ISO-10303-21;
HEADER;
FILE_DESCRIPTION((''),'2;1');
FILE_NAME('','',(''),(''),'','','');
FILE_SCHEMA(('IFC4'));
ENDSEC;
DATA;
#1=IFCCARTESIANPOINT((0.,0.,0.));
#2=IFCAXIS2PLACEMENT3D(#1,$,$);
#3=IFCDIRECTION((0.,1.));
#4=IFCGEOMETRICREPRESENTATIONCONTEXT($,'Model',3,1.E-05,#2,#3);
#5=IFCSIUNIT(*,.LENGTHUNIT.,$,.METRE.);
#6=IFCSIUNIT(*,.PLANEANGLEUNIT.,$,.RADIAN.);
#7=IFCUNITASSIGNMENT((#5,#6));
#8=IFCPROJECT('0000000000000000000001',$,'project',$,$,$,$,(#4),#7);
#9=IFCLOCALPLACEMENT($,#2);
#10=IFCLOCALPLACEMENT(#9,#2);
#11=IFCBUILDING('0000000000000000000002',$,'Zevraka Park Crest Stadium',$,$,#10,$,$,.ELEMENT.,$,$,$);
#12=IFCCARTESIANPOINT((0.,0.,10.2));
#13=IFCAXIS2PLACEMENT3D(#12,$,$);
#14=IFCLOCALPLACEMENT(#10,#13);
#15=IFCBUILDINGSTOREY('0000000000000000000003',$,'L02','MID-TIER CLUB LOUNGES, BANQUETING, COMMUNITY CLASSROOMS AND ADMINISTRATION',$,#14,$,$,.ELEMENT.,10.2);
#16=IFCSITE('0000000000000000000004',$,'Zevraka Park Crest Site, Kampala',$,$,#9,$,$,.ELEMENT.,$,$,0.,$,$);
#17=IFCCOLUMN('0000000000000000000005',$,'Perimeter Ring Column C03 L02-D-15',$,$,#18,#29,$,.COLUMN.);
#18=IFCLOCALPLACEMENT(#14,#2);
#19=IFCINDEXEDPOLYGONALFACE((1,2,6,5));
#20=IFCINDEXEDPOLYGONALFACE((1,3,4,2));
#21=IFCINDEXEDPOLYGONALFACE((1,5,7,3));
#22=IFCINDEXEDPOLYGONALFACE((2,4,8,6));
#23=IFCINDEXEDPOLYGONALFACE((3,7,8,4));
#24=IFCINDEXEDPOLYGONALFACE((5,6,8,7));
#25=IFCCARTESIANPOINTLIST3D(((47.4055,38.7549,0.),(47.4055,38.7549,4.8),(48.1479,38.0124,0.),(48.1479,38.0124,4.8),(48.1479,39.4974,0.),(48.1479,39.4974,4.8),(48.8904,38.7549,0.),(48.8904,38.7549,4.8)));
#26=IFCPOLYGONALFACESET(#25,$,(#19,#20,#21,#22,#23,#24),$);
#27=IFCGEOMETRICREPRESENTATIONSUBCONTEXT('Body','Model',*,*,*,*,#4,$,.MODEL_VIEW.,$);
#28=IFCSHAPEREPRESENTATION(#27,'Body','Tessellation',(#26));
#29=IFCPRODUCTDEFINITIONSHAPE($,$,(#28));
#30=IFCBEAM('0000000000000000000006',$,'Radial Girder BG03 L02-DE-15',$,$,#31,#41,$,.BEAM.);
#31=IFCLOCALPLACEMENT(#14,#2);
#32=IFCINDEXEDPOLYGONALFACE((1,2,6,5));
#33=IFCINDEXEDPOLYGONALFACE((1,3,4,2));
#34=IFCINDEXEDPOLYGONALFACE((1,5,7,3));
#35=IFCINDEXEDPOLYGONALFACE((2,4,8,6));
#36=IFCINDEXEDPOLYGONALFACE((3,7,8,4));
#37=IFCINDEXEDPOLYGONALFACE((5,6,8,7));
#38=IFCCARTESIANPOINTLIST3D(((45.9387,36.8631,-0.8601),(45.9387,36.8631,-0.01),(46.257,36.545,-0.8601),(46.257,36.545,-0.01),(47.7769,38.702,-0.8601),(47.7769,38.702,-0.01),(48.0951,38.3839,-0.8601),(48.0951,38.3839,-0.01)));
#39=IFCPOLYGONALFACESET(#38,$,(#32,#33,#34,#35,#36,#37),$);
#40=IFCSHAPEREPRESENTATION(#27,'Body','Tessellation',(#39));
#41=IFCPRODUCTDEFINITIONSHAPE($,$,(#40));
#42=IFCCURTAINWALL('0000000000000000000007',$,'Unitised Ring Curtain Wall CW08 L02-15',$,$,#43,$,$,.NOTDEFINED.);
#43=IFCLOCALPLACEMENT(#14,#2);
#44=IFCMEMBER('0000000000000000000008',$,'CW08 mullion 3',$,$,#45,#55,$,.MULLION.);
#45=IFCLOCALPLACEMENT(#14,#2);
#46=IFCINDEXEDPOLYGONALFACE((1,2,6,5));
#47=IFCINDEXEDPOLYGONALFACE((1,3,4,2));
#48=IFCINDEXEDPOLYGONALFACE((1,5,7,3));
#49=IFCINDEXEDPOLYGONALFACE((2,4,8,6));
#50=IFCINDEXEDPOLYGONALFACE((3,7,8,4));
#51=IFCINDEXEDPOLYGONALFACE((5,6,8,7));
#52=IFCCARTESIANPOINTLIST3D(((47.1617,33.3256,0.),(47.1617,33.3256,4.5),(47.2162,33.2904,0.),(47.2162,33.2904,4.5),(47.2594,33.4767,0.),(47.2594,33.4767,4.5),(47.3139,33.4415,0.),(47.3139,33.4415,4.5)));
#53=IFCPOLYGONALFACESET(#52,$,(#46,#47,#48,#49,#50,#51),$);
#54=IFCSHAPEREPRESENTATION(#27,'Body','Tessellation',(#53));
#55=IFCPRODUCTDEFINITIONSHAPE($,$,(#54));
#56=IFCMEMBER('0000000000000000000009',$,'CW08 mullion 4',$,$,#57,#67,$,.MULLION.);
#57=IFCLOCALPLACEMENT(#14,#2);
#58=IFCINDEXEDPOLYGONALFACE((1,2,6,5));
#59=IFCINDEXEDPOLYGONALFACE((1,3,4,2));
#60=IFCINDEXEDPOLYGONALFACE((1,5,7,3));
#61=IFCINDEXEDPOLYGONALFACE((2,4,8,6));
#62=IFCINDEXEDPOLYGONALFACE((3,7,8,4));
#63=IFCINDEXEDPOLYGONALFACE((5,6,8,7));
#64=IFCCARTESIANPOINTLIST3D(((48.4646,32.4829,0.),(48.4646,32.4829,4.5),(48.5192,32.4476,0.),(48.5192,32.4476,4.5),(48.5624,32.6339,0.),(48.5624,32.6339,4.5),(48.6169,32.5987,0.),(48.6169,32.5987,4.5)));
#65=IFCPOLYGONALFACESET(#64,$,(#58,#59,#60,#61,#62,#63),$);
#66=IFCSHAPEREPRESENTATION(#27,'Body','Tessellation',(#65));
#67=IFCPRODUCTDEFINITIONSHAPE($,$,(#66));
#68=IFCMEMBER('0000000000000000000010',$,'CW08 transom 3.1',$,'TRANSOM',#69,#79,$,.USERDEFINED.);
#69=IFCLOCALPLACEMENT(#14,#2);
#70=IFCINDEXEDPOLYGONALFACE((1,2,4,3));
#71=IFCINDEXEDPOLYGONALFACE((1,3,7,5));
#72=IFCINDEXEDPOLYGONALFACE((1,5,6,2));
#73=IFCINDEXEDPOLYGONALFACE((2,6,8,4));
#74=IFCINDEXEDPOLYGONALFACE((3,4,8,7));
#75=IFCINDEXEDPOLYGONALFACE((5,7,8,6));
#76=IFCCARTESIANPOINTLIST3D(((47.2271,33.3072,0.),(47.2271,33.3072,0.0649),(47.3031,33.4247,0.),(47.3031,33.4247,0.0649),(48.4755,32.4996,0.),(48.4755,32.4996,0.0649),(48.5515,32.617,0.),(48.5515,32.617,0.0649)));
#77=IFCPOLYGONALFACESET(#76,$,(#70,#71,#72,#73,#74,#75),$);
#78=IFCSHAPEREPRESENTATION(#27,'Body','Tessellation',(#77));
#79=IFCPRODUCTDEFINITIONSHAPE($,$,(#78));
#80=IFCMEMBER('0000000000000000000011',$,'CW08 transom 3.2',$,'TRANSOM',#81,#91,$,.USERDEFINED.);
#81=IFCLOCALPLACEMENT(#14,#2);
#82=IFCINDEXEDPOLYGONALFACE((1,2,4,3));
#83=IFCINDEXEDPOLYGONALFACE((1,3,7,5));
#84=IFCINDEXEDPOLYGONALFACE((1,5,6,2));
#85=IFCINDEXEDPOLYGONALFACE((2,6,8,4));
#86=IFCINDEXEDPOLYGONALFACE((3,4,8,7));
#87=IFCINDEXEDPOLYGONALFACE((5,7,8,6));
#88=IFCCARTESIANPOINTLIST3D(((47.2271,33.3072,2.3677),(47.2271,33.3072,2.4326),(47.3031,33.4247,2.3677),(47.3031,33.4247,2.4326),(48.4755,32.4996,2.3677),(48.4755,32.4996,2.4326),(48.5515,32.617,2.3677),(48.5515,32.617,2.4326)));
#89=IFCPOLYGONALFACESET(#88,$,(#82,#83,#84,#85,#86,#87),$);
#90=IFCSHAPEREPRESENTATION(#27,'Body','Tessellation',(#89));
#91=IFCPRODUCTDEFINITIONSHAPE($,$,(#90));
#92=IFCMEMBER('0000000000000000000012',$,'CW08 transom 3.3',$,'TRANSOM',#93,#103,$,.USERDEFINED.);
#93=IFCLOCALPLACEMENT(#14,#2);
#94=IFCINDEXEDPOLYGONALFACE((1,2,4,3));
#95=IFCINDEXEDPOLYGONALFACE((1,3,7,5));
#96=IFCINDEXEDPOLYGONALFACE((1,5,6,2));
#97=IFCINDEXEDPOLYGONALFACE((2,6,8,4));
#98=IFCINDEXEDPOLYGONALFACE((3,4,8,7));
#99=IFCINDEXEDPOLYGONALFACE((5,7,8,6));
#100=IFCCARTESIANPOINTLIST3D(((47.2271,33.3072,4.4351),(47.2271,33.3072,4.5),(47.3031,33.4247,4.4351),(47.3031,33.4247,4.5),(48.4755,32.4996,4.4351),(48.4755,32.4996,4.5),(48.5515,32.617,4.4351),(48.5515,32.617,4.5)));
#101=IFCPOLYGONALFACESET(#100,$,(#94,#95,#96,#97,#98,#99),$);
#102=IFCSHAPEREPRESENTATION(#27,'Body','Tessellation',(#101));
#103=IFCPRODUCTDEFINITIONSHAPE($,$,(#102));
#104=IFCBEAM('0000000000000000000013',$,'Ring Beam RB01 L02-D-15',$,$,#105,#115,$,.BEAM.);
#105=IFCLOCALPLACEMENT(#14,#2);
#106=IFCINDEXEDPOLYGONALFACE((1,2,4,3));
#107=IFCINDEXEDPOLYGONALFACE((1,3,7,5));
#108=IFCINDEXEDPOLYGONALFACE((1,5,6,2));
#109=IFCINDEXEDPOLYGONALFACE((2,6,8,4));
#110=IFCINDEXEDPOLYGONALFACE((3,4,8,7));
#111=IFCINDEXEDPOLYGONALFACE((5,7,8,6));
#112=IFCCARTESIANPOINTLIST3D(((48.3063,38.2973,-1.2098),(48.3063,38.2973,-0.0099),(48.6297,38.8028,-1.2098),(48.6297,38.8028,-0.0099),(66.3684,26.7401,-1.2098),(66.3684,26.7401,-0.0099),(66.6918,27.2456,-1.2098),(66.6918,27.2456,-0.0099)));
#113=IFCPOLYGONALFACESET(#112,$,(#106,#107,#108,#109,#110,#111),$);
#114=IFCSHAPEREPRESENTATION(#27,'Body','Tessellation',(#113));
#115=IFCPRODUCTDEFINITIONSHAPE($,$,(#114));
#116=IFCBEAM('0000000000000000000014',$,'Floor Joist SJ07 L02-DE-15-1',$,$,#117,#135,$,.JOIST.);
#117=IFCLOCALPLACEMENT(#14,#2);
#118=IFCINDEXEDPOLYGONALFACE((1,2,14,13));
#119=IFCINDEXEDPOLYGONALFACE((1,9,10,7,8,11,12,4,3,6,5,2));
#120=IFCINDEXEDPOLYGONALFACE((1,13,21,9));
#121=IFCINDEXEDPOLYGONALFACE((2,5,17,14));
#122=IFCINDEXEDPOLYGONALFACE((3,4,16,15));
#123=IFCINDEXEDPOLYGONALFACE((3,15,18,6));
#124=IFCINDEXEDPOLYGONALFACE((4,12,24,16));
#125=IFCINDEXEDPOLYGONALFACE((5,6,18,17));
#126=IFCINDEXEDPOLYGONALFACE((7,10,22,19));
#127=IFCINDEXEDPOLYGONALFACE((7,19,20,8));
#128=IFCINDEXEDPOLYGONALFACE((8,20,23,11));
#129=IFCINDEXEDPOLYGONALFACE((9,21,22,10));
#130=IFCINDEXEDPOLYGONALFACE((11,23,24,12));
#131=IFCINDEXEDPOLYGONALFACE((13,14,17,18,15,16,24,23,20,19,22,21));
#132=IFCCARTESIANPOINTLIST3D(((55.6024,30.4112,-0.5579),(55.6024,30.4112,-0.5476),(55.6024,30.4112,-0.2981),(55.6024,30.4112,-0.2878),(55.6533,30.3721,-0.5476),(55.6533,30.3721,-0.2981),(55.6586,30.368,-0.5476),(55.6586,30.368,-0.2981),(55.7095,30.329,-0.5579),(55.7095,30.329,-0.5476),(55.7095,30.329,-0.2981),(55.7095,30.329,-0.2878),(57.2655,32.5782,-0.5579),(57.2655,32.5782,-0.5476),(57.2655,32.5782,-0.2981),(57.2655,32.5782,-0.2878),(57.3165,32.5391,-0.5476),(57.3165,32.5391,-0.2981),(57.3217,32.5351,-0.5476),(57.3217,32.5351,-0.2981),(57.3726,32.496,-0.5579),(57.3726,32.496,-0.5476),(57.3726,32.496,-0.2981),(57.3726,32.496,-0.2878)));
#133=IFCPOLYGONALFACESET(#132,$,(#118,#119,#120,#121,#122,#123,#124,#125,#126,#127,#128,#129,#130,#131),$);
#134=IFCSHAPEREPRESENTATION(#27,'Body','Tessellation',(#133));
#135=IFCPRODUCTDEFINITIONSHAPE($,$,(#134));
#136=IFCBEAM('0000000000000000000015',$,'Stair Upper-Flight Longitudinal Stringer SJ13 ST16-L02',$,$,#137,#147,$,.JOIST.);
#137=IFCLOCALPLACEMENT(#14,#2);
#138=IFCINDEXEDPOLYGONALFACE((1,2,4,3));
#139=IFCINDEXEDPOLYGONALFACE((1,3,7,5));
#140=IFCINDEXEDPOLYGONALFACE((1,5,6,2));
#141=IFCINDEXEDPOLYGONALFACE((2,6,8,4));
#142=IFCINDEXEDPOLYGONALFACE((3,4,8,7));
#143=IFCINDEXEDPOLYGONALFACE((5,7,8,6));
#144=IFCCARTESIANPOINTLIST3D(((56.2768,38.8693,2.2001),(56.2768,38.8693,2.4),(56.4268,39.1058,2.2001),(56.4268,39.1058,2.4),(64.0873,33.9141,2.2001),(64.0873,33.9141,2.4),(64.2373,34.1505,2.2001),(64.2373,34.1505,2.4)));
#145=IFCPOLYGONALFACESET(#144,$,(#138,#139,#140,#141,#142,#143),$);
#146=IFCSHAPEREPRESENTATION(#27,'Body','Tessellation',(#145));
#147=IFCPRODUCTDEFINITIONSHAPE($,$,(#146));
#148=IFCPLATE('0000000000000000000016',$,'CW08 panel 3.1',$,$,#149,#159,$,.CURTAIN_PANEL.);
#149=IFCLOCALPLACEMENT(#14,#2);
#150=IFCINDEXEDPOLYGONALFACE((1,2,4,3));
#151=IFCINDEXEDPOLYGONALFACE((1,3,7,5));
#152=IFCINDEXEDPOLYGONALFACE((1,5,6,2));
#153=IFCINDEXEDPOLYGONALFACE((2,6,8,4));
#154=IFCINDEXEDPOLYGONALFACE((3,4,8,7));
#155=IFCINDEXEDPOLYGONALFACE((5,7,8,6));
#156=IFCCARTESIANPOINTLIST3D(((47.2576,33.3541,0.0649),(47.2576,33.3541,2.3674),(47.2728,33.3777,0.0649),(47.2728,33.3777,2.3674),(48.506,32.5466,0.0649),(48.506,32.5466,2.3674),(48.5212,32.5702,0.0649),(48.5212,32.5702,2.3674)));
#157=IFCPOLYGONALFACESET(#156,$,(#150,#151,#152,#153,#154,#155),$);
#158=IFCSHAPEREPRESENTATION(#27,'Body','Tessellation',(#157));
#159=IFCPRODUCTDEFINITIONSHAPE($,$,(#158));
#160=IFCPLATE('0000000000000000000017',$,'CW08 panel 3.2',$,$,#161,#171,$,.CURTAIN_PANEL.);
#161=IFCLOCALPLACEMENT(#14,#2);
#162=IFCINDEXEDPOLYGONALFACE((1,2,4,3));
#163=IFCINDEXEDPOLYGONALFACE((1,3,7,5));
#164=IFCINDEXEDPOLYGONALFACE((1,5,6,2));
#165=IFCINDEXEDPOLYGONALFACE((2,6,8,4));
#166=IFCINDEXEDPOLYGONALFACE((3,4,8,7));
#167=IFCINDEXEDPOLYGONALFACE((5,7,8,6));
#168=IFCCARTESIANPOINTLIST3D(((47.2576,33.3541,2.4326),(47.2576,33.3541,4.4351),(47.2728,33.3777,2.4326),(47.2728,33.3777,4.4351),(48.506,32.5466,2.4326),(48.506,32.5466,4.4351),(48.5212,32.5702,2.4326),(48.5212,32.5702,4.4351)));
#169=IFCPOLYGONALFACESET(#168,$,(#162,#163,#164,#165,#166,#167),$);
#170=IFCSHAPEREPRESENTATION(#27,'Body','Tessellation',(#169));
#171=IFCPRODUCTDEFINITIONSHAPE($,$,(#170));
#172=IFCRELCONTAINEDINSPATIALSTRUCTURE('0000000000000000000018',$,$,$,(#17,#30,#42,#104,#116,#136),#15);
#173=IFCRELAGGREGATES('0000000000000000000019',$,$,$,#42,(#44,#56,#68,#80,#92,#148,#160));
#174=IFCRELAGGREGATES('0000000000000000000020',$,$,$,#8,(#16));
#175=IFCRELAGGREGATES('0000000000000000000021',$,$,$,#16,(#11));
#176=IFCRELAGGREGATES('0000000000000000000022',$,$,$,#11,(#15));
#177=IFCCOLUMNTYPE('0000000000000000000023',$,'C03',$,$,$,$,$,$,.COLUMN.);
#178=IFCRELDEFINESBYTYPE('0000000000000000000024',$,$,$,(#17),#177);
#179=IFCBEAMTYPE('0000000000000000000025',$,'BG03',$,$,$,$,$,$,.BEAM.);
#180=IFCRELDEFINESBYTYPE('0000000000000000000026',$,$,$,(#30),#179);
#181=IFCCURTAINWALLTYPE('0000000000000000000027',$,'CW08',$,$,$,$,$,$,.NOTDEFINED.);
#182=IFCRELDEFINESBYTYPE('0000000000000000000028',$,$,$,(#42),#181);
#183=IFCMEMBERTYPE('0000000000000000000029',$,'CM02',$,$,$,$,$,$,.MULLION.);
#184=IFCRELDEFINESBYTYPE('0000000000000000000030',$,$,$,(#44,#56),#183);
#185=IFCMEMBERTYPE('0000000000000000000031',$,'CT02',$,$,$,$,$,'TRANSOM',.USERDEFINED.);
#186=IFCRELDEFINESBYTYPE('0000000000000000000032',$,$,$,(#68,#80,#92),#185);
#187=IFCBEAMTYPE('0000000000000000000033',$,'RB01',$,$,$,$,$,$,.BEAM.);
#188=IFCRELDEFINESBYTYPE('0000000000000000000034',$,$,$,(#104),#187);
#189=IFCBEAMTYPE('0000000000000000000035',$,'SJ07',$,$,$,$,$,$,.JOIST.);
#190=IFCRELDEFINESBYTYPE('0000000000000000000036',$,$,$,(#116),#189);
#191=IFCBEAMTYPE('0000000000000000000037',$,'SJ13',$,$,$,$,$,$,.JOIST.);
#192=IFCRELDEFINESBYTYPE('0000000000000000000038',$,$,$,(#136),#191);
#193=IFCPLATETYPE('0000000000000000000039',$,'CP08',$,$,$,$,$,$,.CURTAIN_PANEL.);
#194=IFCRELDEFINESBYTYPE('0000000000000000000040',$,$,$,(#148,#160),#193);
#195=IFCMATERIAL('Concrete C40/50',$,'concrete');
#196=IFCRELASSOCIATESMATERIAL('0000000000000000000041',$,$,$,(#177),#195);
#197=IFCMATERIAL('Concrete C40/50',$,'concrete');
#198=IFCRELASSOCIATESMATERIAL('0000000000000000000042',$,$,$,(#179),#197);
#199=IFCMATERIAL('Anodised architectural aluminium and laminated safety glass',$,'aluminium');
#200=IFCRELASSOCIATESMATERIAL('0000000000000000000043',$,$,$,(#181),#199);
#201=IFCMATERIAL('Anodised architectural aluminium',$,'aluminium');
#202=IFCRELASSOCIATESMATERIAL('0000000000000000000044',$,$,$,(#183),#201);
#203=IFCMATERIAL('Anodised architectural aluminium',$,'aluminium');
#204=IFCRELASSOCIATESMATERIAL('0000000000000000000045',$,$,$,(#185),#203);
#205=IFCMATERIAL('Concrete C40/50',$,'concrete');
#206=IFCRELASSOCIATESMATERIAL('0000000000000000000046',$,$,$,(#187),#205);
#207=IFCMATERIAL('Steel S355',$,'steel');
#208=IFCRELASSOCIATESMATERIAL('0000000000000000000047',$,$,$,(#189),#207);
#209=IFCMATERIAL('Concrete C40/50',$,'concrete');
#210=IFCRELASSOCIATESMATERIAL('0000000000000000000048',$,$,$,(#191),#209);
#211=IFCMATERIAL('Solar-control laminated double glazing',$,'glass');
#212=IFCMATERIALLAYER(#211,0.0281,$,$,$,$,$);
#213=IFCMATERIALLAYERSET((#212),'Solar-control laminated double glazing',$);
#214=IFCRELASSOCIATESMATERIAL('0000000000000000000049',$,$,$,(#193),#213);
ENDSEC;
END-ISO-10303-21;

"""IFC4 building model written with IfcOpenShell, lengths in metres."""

from ifc_helpers import new_model, si_unit, direction, frame, origin, origin_2d, place, context, subcontext, project, spatial, rectangle, i_section, extrude, material, layer, layer_set, material_profile, profile_set, type_object, element, aggregate, save


model = new_model("IFC4")

# Units and contexts
model_context = context("Model", 3, precision=1e-05, world=origin(), true_north=direction((0.0, 1.0)))
body_context = subcontext(model_context, "Body", "Model", "MODEL_VIEW")
ifc_project = project(units=[si_unit("LENGTHUNIT", "METRE"), si_unit("PLANEANGLEUNIT", "RADIAN")], contexts=[model_context])

# Site, building, storey
site_placement = place(None, origin())
site = spatial("IfcSite", under=ifc_project, at=site_placement, Name="Zevraka Park Crest Site, Kampala", CompositionType="ELEMENT", RefElevation=0.0)
building_placement = place(site_placement, origin())
building = spatial("IfcBuilding", under=site, at=building_placement, Name="Zevraka Park Crest Stadium", CompositionType="ELEMENT")
storey_placement = place(building_placement, frame((0.0, 0.0, 10.2)))
storey = spatial("IfcBuildingStorey", under=building, at=storey_placement, Name="L02", Description="MID-TIER CLUB LOUNGES, BANQUETING, COMMUNITY CLASSROOMS AND ADMINISTRATION", CompositionType="ELEMENT", Elevation=10.2)

# Column
ifc_material_1 = material(Name="Concrete C40/50", Category="concrete")
ifc_material_profile_1 = material_profile(ifc_material_1, rectangle(XDim=1.05, YDim=1.05, at=origin_2d()), Name="RC 1050x1050")
ifc_profile_set_1 = profile_set([ifc_material_profile_1], Name="Concrete C40/50")
column_type = type_object("IfcColumnType", Name="C03", PredefinedType="COLUMN", material=ifc_profile_set_1)
column_placement = place(storey_placement, frame((48.1479, 38.7549, 0.0), z_axis=(0.0, 0.0, 1.0), x_axis=(0.707107, 0.707107, 0.0)))
element("IfcColumn", 1, at=column_placement, inside=storey, type_object=column_type, Name="Perimeter Ring Column C03 L02-D-15", PredefinedType="COLUMN", context=body_context, shape_type="SweptSolid", body=[
    extrude(rectangle(XDim=1.05, YDim=1.05, at=origin_2d()), origin(), (0.0, 0.0, 1.0), 4.8),
])

# Beam
ifc_material_2 = material(Name="Concrete C40/50", Category="concrete")
ifc_material_profile_2 = material_profile(ifc_material_2, rectangle(XDim=0.45, YDim=0.8501, at=origin_2d()), Name="RC 850x450")
ifc_profile_set_2 = profile_set([ifc_material_profile_2], Name="Concrete C40/50")
beam_type_1 = type_object("IfcBeamType", Name="BG03", PredefinedType="BEAM", material=ifc_profile_set_2)
beam_1_placement = place(storey_placement, frame((47.936, 38.543, -0.4351), z_axis=(-0.706966, -0.707248, 0.0), x_axis=(0.707248, -0.706966, 0.0)))
element("IfcBeam", 2, at=beam_1_placement, inside=storey, type_object=beam_type_1, Name="Radial Girder BG03 L02-DE-15", PredefinedType="BEAM", context=body_context, shape_type="SweptSolid", body=[
    extrude(rectangle(XDim=0.45, YDim=0.8501, at=origin_2d()), origin(), (0.0, 0.0, 1.0), 2.6001),
])

# Curtain wall, members
ifc_material_3 = material(Name="Anodised architectural aluminium and laminated safety glass", Category="aluminium")
curtain_wall_type = type_object("IfcCurtainWallType", Name="CW08", PredefinedType="NOTDEFINED", material=ifc_material_3)
curtain_wall_placement = place(storey_placement, origin())
curtain_wall = element("IfcCurtainWall", 3, at=curtain_wall_placement, inside=storey, type_object=curtain_wall_type, Name="Unitised Ring Curtain Wall CW08 L02-15", PredefinedType="NOTDEFINED")
ifc_material_4 = material(Name="Anodised architectural aluminium", Category="aluminium")
ifc_material_profile_3 = material_profile(ifc_material_4, rectangle(XDim=0.1799, YDim=0.0649, at=origin_2d()), Name="ALU MULLION 180x65")
ifc_profile_set_3 = profile_set([ifc_material_profile_3], Name="Anodised architectural aluminium")
member_type_1 = type_object("IfcMemberType", Name="CM02", PredefinedType="MULLION", material=ifc_profile_set_3)
member_1_placement = place(storey_placement, frame((47.2378, 33.3835, 0.0), z_axis=(0.0, 0.0, 1.0), x_axis=(0.543096, 0.83967, 0.0)))
member_1 = element("IfcMember", 4, at=member_1_placement, type_object=member_type_1, Name="CW08 mullion 3", PredefinedType="MULLION", context=body_context, shape_type="SweptSolid", body=[
    extrude(rectangle(XDim=0.1799, YDim=0.0649, at=origin_2d()), origin(), (0.0, 0.0, 1.0), 4.5),
])
member_2_placement = place(storey_placement, frame((48.5408, 32.5408, 0.0), z_axis=(0.0, 0.0, 1.0), x_axis=(0.543096, 0.83967, 0.0)))
member_2 = element("IfcMember", 5, at=member_2_placement, type_object=member_type_1, Name="CW08 mullion 4", PredefinedType="MULLION", context=body_context, shape_type="SweptSolid", body=[
    extrude(rectangle(XDim=0.1799, YDim=0.0649, at=origin_2d()), origin(), (0.0, 0.0, 1.0), 4.5),
])
ifc_material_5 = material(Name="Anodised architectural aluminium", Category="aluminium")
ifc_material_profile_4 = material_profile(ifc_material_5, rectangle(XDim=0.1399, YDim=0.0649, at=origin_2d()), Name="ALU TRANSOM 140x65")
ifc_profile_set_4 = profile_set([ifc_material_profile_4], Name="Anodised architectural aluminium")
member_type_2 = type_object("IfcMemberType", Name="CT02", ElementType="TRANSOM", PredefinedType="USERDEFINED", material=ifc_profile_set_4)
member_3_placement = place(storey_placement, frame((47.2651, 33.366, 0.0325), z_axis=(0.839601, -0.543204, 0.0), x_axis=(0.543204, 0.839601, 0.0)))
member_3 = element("IfcMember", 6, at=member_3_placement, type_object=member_type_2, Name="CW08 transom 3.1", ObjectType="TRANSOM", PredefinedType="USERDEFINED", context=body_context, shape_type="SweptSolid", body=[
    extrude(rectangle(XDim=0.1399, YDim=0.0649, at=origin_2d()), origin(), (0.0, 0.0, 1.0), 1.4868),
])
member_4_placement = place(storey_placement, frame((47.2651, 33.366, 2.4001), z_axis=(0.839601, -0.543204, 0.0), x_axis=(0.543204, 0.839601, 0.0)))
member_4 = element("IfcMember", 7, at=member_4_placement, type_object=member_type_2, Name="CW08 transom 3.2", ObjectType="TRANSOM", PredefinedType="USERDEFINED", context=body_context, shape_type="SweptSolid", body=[
    extrude(rectangle(XDim=0.1399, YDim=0.0649, at=origin_2d()), origin(), (0.0, 0.0, 1.0), 1.4868),
])
member_5_placement = place(storey_placement, frame((47.2651, 33.366, 4.4675), z_axis=(0.839601, -0.543204, 0.0), x_axis=(0.543204, 0.839601, 0.0)))
member_5 = element("IfcMember", 8, at=member_5_placement, type_object=member_type_2, Name="CW08 transom 3.3", ObjectType="TRANSOM", PredefinedType="USERDEFINED", context=body_context, shape_type="SweptSolid", body=[
    extrude(rectangle(XDim=0.1399, YDim=0.0649, at=origin_2d()), origin(), (0.0, 0.0, 1.0), 1.4868),
])

# Beams
ifc_material_6 = material(Name="Concrete C40/50", Category="concrete")
ifc_material_profile_5 = material_profile(ifc_material_6, rectangle(XDim=0.6001, YDim=1.2, at=origin_2d()), Name="RC 1200x600")
ifc_profile_set_5 = profile_set([ifc_material_profile_5], Name="Concrete C40/50")
beam_type_2 = type_object("IfcBeamType", Name="RB01", PredefinedType="BEAM", material=ifc_profile_set_5)
beam_2_placement = place(storey_placement, frame((48.468, 38.55, -0.6099), z_axis=(0.842326, -0.538969, 0.0), x_axis=(0.538969, 0.842326, 0.0)))
element("IfcBeam", 9, at=beam_2_placement, inside=storey, type_object=beam_type_2, Name="Ring Beam RB01 L02-D-15", PredefinedType="BEAM", context=body_context, shape_type="SweptSolid", body=[
    extrude(rectangle(XDim=0.6001, YDim=1.2, at=origin_2d()), origin(), (0.0, 0.0, 1.0), 21.4431),
])
ifc_material_7 = material(Name="Steel S355", Category="steel")
ifc_material_profile_6 = material_profile(ifc_material_7, i_section(OverallWidth=0.135, OverallDepth=0.27, WebThickness=0.0066, FlangeThickness=0.0103, at=origin_2d()), Name="IPE 270")
ifc_profile_set_6 = profile_set([ifc_material_profile_6], Name="Steel S355")
beam_type_3 = type_object("IfcBeamType", Name="SJ07", PredefinedType="JOIST", material=ifc_profile_set_6)
beam_3_placement = place(storey_placement, frame((57.3191, 32.5371, -0.4229), z_axis=(-0.608829, -0.793301, 0.0), x_axis=(0.793301, -0.608829, 0.0)))
element("IfcBeam", 10, at=beam_3_placement, inside=storey, type_object=beam_type_3, Name="Floor Joist SJ07 L02-DE-15-1", PredefinedType="JOIST", context=body_context, shape_type="SweptSolid", body=[
    extrude(i_section(OverallWidth=0.135, OverallDepth=0.27, WebThickness=0.0066, FlangeThickness=0.0103, at=origin_2d()), origin(), (0.0, 0.0, 1.0), 2.7317),
])
ifc_material_8 = material(Name="Concrete C40/50", Category="concrete")
ifc_material_profile_7 = material_profile(ifc_material_8, rectangle(XDim=0.28, YDim=0.2, at=origin_2d()), Name="RC 200x280")
ifc_profile_set_7 = profile_set([ifc_material_profile_7], Name="Concrete C40/50")
beam_type_4 = type_object("IfcBeamType", Name="SJ13", PredefinedType="JOIST", material=ifc_profile_set_7)
beam_4_placement = place(storey_placement, frame((56.3518, 38.9875, 2.3), z_axis=(0.844396, -0.535719, 0.0), x_axis=(0.535719, 0.844396, 0.0)))
element("IfcBeam", 11, at=beam_4_placement, inside=storey, type_object=beam_type_4, Name="Stair Upper-Flight Longitudinal Stringer SJ13 ST16-L02", PredefinedType="JOIST", context=body_context, shape_type="SweptSolid", body=[
    extrude(rectangle(XDim=0.28, YDim=0.2, at=origin_2d()), origin(), (0.0, 0.0, 1.0), 9.2498),
])

# Plates
ifc_material_9 = material(Name="Solar-control laminated double glazing", Category="glass")
ifc_layer_1 = layer(ifc_material_9, 0.0281)
ifc_layer_set_1 = layer_set([ifc_layer_1], Name="Solar-control laminated double glazing")
plate_type = type_object("IfcPlateType", Name="CP08", PredefinedType="CURTAIN_PANEL", material=ifc_layer_set_1)
plate_1_placement = place(storey_placement, frame((47.8894, 32.9622, 0.0649), z_axis=(0.0, 0.0, 1.0), x_axis=(0.83967, -0.543096, 0.0)))
plate_1 = element("IfcPlate", 12, at=plate_1_placement, type_object=plate_type, Name="CW08 panel 3.1", PredefinedType="CURTAIN_PANEL", context=body_context, shape_type="SweptSolid", body=[
    extrude(rectangle(XDim=1.4868, YDim=0.0281, at=origin_2d()), origin(), (0.0, 0.0, 1.0), 2.3025),
])
plate_2_placement = place(storey_placement, frame((47.8894, 32.9622, 2.4326), z_axis=(0.0, 0.0, 1.0), x_axis=(0.83967, -0.543096, 0.0)))
plate_2 = element("IfcPlate", 13, at=plate_2_placement, type_object=plate_type, Name="CW08 panel 3.2", PredefinedType="CURTAIN_PANEL", context=body_context, shape_type="SweptSolid", body=[
    extrude(rectangle(XDim=1.4868, YDim=0.0281, at=origin_2d()), origin(), (0.0, 0.0, 1.0), 2.0024),
])
aggregate(curtain_wall, [member_1, member_2, member_3, member_4, member_5, plate_1, plate_2])

save(model, "model.ifc")
